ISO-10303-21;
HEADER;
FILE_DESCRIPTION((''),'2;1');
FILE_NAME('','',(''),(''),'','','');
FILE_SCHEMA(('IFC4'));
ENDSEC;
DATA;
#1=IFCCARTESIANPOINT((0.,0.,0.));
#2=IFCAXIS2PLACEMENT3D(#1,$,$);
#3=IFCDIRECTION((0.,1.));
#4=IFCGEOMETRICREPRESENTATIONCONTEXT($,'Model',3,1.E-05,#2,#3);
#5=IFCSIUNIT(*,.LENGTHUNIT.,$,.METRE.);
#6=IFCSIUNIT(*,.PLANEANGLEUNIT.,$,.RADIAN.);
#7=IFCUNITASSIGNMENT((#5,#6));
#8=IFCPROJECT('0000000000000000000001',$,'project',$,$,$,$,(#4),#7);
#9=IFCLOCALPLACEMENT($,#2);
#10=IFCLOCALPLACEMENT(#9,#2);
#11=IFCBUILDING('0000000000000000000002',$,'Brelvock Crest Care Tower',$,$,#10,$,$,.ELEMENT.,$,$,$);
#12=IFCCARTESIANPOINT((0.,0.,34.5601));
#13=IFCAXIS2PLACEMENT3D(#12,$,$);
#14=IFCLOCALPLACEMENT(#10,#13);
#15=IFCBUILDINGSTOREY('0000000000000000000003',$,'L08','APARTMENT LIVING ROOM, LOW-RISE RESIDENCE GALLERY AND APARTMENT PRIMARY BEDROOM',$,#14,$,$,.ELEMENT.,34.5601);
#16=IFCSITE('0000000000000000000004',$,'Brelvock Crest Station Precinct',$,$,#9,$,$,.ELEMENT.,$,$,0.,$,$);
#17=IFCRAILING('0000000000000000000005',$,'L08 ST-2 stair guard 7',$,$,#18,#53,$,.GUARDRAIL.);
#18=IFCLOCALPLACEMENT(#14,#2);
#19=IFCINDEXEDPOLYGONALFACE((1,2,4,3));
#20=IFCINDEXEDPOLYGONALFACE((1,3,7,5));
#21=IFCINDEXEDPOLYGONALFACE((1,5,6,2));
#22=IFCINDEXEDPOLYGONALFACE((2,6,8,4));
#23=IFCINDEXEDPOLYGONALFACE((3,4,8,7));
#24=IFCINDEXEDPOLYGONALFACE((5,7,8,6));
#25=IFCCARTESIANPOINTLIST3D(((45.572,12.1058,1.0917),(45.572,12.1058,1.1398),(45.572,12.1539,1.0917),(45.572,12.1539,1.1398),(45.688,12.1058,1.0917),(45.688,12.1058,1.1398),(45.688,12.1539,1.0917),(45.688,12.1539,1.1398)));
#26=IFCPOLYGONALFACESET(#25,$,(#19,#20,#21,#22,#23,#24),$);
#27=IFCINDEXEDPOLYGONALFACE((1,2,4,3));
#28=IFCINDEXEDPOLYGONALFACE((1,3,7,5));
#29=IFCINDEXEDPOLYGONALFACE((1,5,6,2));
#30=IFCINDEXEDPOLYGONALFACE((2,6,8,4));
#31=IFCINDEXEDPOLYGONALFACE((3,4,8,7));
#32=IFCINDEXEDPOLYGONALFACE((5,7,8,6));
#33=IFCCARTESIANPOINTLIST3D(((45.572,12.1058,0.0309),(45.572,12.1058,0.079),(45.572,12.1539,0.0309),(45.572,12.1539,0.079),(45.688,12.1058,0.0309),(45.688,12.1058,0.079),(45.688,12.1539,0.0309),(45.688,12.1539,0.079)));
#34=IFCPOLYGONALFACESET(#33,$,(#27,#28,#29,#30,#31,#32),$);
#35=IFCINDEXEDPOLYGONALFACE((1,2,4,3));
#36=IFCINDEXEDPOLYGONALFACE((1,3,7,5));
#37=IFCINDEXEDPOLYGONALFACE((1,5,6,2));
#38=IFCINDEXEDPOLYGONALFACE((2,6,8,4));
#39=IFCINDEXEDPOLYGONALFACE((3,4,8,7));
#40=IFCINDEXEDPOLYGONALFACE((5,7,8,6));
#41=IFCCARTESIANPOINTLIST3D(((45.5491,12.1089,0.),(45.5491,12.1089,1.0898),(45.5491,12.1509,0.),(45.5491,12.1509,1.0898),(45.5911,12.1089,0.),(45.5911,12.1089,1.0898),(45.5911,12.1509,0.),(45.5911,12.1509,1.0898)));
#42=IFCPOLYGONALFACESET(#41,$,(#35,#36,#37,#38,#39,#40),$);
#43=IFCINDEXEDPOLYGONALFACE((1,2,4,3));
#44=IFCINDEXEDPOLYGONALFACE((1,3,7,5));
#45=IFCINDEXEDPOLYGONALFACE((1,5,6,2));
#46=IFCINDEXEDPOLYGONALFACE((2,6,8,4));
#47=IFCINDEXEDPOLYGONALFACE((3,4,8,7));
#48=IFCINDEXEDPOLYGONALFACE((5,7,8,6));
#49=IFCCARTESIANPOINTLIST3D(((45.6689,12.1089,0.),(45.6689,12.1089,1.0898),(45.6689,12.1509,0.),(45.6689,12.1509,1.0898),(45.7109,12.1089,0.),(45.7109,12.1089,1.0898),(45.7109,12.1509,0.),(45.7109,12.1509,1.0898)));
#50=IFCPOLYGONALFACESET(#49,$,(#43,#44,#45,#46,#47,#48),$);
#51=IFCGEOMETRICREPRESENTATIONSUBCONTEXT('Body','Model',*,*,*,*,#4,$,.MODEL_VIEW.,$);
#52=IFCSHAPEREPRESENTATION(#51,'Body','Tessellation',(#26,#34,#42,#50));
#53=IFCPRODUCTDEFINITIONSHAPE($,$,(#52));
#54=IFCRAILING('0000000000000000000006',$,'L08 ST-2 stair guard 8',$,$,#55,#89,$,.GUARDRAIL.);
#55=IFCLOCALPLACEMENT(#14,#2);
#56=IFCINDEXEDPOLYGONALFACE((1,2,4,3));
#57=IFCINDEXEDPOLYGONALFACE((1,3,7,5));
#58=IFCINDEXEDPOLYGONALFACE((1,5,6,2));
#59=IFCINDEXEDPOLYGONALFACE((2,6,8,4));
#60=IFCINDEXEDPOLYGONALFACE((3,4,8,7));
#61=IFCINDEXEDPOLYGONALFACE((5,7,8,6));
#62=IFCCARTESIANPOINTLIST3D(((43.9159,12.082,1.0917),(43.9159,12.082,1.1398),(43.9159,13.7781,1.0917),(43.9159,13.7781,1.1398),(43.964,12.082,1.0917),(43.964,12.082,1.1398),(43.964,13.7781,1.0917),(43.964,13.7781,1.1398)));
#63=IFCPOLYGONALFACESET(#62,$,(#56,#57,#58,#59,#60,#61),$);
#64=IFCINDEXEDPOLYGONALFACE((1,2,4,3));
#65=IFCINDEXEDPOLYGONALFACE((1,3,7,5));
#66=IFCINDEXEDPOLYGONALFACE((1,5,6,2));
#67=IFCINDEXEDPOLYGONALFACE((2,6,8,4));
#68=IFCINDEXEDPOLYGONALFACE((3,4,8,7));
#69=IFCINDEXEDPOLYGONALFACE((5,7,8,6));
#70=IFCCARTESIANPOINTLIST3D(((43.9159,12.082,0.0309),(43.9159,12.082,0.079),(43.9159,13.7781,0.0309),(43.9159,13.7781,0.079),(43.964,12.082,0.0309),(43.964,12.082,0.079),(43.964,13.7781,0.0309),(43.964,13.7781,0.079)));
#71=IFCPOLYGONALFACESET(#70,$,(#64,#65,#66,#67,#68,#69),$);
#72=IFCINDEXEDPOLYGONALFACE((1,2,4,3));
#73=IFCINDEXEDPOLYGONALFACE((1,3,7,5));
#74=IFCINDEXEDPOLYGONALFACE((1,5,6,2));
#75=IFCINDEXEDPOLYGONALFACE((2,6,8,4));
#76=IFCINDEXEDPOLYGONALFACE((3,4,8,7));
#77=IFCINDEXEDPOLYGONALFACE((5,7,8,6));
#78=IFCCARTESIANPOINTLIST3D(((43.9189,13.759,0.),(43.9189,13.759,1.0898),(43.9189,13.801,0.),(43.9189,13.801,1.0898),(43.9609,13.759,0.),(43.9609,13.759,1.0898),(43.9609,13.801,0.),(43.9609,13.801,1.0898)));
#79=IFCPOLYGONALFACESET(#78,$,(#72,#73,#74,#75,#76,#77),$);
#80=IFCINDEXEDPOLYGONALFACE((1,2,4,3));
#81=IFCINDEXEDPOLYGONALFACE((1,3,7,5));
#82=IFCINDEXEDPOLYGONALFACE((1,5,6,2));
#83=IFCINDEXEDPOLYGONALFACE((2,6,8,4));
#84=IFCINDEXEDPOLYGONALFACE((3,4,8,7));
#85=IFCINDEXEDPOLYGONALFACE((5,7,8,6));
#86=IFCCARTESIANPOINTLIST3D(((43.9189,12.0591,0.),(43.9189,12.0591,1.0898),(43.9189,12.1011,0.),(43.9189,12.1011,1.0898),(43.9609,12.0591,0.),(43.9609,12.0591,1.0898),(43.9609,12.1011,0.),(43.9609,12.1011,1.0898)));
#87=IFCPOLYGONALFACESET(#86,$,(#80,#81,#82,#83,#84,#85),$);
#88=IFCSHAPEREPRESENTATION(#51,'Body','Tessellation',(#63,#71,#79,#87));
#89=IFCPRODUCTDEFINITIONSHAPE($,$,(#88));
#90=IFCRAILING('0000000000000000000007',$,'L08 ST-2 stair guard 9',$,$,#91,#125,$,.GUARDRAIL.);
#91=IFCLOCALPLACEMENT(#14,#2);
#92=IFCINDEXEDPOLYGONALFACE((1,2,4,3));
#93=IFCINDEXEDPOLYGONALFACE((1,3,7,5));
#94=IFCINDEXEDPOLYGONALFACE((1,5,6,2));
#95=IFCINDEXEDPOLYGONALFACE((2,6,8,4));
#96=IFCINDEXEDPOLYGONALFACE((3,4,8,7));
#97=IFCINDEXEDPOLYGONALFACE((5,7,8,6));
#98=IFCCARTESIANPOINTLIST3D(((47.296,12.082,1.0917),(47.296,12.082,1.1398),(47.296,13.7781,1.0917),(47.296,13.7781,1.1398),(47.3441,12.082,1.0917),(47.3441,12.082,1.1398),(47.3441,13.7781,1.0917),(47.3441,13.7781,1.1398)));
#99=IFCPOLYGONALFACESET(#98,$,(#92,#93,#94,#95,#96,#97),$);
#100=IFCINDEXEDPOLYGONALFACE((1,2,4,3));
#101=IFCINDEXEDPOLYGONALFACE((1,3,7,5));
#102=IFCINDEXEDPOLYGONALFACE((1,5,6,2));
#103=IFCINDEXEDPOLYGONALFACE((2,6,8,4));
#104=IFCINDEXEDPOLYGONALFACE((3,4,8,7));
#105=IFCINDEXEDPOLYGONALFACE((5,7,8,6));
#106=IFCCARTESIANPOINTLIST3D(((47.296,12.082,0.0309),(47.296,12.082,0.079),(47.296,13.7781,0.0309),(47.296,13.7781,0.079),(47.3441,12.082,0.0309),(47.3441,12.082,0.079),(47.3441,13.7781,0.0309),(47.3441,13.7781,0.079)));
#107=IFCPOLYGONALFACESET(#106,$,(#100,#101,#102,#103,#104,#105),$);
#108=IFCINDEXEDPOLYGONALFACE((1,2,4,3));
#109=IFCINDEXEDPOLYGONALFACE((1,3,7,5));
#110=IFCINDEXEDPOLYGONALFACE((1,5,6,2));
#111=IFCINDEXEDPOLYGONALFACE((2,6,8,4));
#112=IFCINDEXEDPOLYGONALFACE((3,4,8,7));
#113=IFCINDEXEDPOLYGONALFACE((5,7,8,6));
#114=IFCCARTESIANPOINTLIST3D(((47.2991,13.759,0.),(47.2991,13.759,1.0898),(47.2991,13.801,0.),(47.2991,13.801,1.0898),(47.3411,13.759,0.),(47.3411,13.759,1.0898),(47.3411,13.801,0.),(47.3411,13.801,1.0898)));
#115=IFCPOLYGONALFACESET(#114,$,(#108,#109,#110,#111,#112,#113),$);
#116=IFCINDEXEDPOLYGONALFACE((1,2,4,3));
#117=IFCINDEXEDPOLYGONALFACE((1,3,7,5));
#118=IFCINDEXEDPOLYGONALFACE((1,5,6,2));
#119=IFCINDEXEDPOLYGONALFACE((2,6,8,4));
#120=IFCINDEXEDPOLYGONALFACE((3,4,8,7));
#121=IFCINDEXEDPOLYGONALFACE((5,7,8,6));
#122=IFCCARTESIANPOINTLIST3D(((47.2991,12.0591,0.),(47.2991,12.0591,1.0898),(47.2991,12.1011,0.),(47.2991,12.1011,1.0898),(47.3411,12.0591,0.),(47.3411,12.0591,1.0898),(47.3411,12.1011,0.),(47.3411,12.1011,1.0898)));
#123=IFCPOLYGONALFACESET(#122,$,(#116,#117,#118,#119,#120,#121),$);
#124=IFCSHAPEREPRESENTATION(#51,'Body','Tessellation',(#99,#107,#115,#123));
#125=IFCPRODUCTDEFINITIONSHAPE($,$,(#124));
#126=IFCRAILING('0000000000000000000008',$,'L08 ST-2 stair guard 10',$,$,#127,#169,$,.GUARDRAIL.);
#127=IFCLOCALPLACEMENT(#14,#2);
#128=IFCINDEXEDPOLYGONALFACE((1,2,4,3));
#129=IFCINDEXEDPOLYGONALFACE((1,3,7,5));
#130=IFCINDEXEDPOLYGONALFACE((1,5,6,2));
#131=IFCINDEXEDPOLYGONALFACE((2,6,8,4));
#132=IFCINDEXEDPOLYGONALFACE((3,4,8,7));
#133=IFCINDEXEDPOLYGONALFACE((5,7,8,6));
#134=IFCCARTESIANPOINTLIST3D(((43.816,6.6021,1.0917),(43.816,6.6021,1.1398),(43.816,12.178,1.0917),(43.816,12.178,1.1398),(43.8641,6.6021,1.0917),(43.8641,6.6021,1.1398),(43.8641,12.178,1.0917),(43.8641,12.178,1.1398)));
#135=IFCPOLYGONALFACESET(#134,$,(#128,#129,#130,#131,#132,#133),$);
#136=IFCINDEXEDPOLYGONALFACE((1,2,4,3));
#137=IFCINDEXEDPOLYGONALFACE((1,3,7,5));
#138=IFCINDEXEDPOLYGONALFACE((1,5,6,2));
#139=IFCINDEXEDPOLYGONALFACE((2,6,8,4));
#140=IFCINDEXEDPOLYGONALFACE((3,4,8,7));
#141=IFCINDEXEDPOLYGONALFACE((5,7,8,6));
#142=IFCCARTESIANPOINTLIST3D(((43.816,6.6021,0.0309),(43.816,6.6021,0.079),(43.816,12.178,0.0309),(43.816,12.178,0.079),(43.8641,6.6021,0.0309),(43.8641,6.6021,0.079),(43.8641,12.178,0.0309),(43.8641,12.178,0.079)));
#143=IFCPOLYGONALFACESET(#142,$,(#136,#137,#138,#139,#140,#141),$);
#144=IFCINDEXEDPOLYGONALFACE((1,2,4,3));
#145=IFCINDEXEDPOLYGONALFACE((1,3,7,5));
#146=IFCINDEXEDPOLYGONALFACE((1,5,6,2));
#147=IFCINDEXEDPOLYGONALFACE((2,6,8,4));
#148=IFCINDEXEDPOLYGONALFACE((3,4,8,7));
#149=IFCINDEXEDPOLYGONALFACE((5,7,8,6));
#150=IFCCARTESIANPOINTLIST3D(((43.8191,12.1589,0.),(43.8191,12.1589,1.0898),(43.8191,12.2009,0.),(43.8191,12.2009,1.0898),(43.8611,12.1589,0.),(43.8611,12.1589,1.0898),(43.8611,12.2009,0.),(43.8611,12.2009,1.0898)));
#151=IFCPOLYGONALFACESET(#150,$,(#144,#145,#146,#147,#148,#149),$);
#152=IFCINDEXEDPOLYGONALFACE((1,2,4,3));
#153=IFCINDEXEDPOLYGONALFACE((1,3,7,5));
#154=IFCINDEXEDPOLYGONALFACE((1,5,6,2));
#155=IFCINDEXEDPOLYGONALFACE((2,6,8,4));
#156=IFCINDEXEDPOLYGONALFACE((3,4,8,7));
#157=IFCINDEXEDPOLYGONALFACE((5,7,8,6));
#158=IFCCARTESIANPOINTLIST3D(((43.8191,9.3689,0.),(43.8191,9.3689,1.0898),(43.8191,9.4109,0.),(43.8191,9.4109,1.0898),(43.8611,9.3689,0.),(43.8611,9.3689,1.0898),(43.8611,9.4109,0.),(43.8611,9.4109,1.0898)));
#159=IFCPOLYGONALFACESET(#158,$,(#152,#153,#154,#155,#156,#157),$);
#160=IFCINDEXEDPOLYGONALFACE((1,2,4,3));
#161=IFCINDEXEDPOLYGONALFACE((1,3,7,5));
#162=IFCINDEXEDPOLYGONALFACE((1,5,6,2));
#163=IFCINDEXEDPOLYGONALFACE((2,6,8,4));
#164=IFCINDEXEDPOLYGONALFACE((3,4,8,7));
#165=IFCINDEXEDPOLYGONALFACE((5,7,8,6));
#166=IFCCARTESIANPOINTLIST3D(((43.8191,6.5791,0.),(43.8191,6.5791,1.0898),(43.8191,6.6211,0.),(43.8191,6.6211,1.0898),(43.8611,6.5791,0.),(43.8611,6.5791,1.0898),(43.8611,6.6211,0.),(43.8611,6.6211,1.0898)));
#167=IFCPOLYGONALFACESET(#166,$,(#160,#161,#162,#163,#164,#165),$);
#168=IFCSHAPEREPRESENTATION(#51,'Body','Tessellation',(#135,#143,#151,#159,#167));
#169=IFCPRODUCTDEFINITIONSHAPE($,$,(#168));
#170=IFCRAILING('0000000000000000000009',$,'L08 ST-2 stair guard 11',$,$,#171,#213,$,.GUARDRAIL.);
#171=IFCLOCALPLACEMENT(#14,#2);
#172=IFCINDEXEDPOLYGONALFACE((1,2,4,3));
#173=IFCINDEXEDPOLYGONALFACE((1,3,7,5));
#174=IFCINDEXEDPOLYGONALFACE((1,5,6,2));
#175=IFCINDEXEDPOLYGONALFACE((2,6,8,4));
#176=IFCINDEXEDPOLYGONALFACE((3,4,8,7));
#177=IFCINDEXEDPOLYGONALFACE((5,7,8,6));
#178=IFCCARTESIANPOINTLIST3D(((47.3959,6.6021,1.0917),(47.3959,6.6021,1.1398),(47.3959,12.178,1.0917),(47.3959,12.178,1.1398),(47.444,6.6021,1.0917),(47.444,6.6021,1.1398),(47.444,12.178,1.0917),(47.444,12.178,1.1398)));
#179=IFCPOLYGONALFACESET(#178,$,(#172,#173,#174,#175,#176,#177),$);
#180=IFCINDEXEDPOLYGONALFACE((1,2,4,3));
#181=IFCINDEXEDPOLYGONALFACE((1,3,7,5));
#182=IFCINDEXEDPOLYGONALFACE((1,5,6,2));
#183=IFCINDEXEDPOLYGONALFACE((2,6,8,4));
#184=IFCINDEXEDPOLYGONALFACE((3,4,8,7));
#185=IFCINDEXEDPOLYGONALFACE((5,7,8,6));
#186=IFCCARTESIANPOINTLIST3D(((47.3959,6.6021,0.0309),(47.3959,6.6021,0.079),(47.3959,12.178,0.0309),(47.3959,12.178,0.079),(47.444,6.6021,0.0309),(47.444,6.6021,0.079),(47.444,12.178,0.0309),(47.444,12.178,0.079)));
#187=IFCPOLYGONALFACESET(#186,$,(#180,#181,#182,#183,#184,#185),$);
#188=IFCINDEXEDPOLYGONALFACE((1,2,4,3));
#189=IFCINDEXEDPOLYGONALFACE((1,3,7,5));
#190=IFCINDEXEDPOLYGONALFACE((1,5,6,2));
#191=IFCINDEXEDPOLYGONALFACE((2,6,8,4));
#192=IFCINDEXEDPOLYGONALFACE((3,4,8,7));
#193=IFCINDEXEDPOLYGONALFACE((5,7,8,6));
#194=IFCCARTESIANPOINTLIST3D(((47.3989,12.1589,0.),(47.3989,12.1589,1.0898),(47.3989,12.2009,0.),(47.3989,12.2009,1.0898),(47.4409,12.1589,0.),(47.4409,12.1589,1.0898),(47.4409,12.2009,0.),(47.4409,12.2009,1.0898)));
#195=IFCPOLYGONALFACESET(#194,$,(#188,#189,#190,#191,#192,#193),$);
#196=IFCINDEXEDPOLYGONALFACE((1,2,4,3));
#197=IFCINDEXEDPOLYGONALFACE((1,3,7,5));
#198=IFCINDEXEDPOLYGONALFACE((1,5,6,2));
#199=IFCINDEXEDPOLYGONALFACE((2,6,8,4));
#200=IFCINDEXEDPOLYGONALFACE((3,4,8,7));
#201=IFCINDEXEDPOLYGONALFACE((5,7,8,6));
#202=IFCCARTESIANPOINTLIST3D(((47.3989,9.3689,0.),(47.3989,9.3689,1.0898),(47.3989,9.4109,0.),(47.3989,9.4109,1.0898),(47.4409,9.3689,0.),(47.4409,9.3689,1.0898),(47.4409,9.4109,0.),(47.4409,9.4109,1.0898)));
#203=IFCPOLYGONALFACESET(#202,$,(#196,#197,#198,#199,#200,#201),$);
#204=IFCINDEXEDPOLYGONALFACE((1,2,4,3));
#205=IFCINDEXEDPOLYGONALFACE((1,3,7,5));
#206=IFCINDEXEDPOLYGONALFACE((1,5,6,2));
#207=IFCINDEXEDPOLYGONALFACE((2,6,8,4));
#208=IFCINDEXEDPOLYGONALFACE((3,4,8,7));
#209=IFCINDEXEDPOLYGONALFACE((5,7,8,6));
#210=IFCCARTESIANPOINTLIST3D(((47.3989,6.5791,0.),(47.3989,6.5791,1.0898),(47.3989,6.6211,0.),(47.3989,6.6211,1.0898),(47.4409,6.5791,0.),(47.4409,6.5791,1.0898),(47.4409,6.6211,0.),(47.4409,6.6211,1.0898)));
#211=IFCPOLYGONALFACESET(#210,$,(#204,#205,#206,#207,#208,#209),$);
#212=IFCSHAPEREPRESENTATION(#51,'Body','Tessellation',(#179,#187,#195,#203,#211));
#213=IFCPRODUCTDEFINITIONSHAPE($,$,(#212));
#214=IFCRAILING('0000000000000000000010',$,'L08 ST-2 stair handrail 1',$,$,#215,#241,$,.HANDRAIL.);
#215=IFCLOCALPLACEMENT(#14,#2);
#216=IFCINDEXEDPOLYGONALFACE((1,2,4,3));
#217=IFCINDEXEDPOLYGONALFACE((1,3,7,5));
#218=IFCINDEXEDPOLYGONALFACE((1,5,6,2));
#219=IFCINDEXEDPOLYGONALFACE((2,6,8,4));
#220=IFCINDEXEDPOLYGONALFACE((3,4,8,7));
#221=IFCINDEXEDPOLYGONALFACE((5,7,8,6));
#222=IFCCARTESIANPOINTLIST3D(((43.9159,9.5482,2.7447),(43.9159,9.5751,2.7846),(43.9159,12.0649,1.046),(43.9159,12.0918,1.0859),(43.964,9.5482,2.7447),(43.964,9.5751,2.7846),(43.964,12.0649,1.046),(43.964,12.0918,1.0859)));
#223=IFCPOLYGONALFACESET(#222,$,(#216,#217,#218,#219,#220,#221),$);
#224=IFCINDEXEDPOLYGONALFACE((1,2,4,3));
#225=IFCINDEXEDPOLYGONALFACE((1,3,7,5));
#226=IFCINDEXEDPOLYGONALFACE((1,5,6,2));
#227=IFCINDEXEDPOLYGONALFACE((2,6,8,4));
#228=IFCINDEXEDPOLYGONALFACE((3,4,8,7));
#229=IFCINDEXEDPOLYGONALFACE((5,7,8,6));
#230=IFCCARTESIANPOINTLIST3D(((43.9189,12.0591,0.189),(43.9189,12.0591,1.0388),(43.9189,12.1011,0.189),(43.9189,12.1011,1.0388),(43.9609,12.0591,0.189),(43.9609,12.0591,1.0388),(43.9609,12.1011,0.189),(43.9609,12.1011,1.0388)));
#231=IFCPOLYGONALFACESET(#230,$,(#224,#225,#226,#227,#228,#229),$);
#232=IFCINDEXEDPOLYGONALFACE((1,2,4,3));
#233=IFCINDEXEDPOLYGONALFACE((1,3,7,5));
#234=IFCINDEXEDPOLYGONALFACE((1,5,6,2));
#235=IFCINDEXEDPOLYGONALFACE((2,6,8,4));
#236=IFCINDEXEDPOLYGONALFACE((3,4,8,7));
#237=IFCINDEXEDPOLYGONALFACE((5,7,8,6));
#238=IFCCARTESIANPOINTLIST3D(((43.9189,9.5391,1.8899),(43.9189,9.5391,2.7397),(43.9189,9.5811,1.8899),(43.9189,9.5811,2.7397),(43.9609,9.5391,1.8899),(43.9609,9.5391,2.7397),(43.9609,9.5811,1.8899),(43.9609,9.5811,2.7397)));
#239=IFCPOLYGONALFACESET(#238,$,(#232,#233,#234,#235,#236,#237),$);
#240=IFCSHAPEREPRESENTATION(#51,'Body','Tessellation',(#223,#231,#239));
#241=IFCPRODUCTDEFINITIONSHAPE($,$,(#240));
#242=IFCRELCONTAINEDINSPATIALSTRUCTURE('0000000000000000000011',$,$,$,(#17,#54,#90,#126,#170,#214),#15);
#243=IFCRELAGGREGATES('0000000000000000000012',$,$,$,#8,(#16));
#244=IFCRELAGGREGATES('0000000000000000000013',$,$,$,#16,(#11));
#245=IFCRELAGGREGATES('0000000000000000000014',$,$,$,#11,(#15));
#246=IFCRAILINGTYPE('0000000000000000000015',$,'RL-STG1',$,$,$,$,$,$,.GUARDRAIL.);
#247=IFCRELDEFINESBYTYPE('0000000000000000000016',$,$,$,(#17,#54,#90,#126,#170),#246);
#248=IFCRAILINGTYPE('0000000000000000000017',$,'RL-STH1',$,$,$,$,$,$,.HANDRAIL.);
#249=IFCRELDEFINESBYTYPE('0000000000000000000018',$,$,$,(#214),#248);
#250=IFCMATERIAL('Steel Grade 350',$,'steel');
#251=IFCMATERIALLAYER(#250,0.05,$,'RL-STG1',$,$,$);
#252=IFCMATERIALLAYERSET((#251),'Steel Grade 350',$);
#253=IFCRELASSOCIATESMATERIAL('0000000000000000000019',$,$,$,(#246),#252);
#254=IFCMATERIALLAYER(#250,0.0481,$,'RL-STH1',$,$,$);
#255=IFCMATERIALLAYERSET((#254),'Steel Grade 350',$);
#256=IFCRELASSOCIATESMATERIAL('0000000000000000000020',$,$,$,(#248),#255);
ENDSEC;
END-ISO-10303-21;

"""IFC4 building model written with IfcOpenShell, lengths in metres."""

from ifc_helpers import new_model, si_unit, direction, frame, origin, origin_2d, place, context, subcontext, project, spatial, rectangle, extrude, material, layer, layer_set, type_object, element, save


model = new_model("IFC4")

# Units and contexts
model_context = context("Model", 3, precision=1e-05, world=origin(), true_north=direction((0.0, 1.0)))
body_context = subcontext(model_context, "Body", "Model", "MODEL_VIEW")
ifc_project = project(units=[si_unit("LENGTHUNIT", "METRE"), si_unit("PLANEANGLEUNIT", "RADIAN")], contexts=[model_context])

# Site, building, storey
site_placement = place(None, origin())
site = spatial("IfcSite", under=ifc_project, at=site_placement, Name="Brelvock Crest Station Precinct", CompositionType="ELEMENT", RefElevation=0.0)
building_placement = place(site_placement, origin())
building = spatial("IfcBuilding", under=site, at=building_placement, Name="Brelvock Crest Care Tower", CompositionType="ELEMENT")
storey_placement = place(building_placement, frame((0.0, 0.0, 34.5601)))
storey = spatial("IfcBuildingStorey", under=building, at=storey_placement, Name="L08", Description="APARTMENT LIVING ROOM, LOW-RISE RESIDENCE GALLERY AND APARTMENT PRIMARY BEDROOM", CompositionType="ELEMENT", Elevation=34.5601)

# Shared definitions
ifc_material_1 = material(Name="Steel Grade 350", Category="steel")

# Railings
ifc_layer_1 = layer(ifc_material_1, 0.05, Name="RL-STG1")
ifc_layer_set_1 = layer_set([ifc_layer_1], Name="Steel Grade 350")
railing_type_1 = type_object("IfcRailingType", Name="RL-STG1", PredefinedType="GUARDRAIL", material=ifc_layer_set_1)
railing_1_placement = place(storey_placement, frame((45.5701, 12.1299, 0.0)))
element("IfcRailing", 1, at=railing_1_placement, inside=storey, type_object=railing_type_1, Name="L08 ST-2 stair guard 7", PredefinedType="GUARDRAIL", context=body_context, shape_type="SweptSolid", body=[
    extrude(rectangle(XDim=0.0481, YDim=0.0481, at=origin_2d()), frame((0.002, 0.0, 1.1157), z_axis=(1.0, 0.0, 0.0), x_axis=(0.0, 1.0, 0.0)), (0.0, 0.0, 1.0), 0.116),
    extrude(rectangle(XDim=0.0481, YDim=0.0481, at=origin_2d()), frame((0.002, 0.0, 0.0549), z_axis=(1.0, 0.0, 0.0), x_axis=(0.0, 1.0, 0.0)), (0.0, 0.0, 1.0), 0.116),
    extrude(rectangle(XDim=0.042, YDim=0.042, at=origin_2d()), origin(), (0.0, 0.0, 1.0), 1.0898),
    extrude(rectangle(XDim=0.042, YDim=0.042, at=origin_2d()), frame((0.1199, 0.0, 0.0)), (0.0, 0.0, 1.0), 1.0898),
])
for number, where, name in (
    (2, (43.9399, 13.78, 0.0), "L08 ST-2 stair guard 8"),
    (3, (47.3201, 13.78, 0.0), "L08 ST-2 stair guard 9"),
):
    element("IfcRailing", number, at=place(storey_placement, frame(where)), inside=storey, type_object=railing_type_1, Name=name, PredefinedType="GUARDRAIL", context=body_context, shape_type="SweptSolid", body=[
        extrude(rectangle(XDim=0.0481, YDim=0.0481, at=origin_2d()), frame((0.0, -0.002, 1.1157), z_axis=(0.0, -1.0, 0.0), x_axis=(1.0, 0.0, 0.0)), (0.0, 0.0, 1.0), 1.696),
        extrude(rectangle(XDim=0.0481, YDim=0.0481, at=origin_2d()), frame((0.0, -0.002, 0.0549), z_axis=(0.0, -1.0, 0.0), x_axis=(1.0, 0.0, 0.0)), (0.0, 0.0, 1.0), 1.696),
        extrude(rectangle(XDim=0.042, YDim=0.042, at=origin_2d()), origin(), (0.0, 0.0, 1.0), 1.0898),
        extrude(rectangle(XDim=0.042, YDim=0.042, at=origin_2d()), frame((0.0, -1.7, 0.0)), (0.0, 0.0, 1.0), 1.0898),
    ])
for number, where, name in (
    (4, (43.8401, 12.1799, 0.0), "L08 ST-2 stair guard 10"),
    (5, (47.4199, 12.1799, 0.0), "L08 ST-2 stair guard 11"),
):
    element("IfcRailing", number, at=place(storey_placement, frame(where)), inside=storey, type_object=railing_type_1, Name=name, PredefinedType="GUARDRAIL", context=body_context, shape_type="SweptSolid", body=[
        extrude(rectangle(XDim=0.0481, YDim=0.0481, at=origin_2d()), frame((0.0, -0.002, 1.1157), z_axis=(0.0, -1.0, 0.0), x_axis=(1.0, 0.0, 0.0)), (0.0, 0.0, 1.0), 5.5759),
        extrude(rectangle(XDim=0.0481, YDim=0.0481, at=origin_2d()), frame((0.0, -0.002, 0.0549), z_axis=(0.0, -1.0, 0.0), x_axis=(1.0, 0.0, 0.0)), (0.0, 0.0, 1.0), 5.5759),
        extrude(rectangle(XDim=0.042, YDim=0.042, at=origin_2d()), origin(), (0.0, 0.0, 1.0), 1.0898),
        extrude(rectangle(XDim=0.042, YDim=0.042, at=origin_2d()), frame((0.0, -2.79, 0.0)), (0.0, 0.0, 1.0), 1.0898),
        extrude(rectangle(XDim=0.042, YDim=0.042, at=origin_2d()), frame((0.0, -5.5798, 0.0)), (0.0, 0.0, 1.0), 1.0898),
    ])
ifc_layer_2 = layer(ifc_material_1, 0.0481, Name="RL-STH1")
ifc_layer_set_2 = layer_set([ifc_layer_2], Name="Steel Grade 350")
railing_type_2 = type_object("IfcRailingType", Name="RL-STH1", PredefinedType="HANDRAIL", material=ifc_layer_set_2)
railing_2_placement = place(storey_placement, frame((43.9399, 12.0801, 0.189)))
element("IfcRailing", 6, at=railing_2_placement, inside=storey, type_object=railing_type_2, Name="L08 ST-2 stair handrail 1", PredefinedType="HANDRAIL", context=body_context, shape_type="SweptSolid", body=[
    extrude(rectangle(XDim=0.0481, YDim=0.0481, at=origin_2d()), frame((0.0, -0.0017, 0.877), z_axis=(0.0, -0.828862, 0.559454), x_axis=(1.0, 0.0, 0.0)), (0.0, 0.0, 1.0), 3.0364),
    extrude(rectangle(XDim=0.042, YDim=0.042, at=origin_2d()), origin(), (0.0, 0.0, 1.0), 0.8499),
    extrude(rectangle(XDim=0.042, YDim=0.042, at=origin_2d()), frame((0.0, -2.52, 1.7009)), (0.0, 0.0, 1.0), 0.8499),
])

save(model, "model.ifc")
